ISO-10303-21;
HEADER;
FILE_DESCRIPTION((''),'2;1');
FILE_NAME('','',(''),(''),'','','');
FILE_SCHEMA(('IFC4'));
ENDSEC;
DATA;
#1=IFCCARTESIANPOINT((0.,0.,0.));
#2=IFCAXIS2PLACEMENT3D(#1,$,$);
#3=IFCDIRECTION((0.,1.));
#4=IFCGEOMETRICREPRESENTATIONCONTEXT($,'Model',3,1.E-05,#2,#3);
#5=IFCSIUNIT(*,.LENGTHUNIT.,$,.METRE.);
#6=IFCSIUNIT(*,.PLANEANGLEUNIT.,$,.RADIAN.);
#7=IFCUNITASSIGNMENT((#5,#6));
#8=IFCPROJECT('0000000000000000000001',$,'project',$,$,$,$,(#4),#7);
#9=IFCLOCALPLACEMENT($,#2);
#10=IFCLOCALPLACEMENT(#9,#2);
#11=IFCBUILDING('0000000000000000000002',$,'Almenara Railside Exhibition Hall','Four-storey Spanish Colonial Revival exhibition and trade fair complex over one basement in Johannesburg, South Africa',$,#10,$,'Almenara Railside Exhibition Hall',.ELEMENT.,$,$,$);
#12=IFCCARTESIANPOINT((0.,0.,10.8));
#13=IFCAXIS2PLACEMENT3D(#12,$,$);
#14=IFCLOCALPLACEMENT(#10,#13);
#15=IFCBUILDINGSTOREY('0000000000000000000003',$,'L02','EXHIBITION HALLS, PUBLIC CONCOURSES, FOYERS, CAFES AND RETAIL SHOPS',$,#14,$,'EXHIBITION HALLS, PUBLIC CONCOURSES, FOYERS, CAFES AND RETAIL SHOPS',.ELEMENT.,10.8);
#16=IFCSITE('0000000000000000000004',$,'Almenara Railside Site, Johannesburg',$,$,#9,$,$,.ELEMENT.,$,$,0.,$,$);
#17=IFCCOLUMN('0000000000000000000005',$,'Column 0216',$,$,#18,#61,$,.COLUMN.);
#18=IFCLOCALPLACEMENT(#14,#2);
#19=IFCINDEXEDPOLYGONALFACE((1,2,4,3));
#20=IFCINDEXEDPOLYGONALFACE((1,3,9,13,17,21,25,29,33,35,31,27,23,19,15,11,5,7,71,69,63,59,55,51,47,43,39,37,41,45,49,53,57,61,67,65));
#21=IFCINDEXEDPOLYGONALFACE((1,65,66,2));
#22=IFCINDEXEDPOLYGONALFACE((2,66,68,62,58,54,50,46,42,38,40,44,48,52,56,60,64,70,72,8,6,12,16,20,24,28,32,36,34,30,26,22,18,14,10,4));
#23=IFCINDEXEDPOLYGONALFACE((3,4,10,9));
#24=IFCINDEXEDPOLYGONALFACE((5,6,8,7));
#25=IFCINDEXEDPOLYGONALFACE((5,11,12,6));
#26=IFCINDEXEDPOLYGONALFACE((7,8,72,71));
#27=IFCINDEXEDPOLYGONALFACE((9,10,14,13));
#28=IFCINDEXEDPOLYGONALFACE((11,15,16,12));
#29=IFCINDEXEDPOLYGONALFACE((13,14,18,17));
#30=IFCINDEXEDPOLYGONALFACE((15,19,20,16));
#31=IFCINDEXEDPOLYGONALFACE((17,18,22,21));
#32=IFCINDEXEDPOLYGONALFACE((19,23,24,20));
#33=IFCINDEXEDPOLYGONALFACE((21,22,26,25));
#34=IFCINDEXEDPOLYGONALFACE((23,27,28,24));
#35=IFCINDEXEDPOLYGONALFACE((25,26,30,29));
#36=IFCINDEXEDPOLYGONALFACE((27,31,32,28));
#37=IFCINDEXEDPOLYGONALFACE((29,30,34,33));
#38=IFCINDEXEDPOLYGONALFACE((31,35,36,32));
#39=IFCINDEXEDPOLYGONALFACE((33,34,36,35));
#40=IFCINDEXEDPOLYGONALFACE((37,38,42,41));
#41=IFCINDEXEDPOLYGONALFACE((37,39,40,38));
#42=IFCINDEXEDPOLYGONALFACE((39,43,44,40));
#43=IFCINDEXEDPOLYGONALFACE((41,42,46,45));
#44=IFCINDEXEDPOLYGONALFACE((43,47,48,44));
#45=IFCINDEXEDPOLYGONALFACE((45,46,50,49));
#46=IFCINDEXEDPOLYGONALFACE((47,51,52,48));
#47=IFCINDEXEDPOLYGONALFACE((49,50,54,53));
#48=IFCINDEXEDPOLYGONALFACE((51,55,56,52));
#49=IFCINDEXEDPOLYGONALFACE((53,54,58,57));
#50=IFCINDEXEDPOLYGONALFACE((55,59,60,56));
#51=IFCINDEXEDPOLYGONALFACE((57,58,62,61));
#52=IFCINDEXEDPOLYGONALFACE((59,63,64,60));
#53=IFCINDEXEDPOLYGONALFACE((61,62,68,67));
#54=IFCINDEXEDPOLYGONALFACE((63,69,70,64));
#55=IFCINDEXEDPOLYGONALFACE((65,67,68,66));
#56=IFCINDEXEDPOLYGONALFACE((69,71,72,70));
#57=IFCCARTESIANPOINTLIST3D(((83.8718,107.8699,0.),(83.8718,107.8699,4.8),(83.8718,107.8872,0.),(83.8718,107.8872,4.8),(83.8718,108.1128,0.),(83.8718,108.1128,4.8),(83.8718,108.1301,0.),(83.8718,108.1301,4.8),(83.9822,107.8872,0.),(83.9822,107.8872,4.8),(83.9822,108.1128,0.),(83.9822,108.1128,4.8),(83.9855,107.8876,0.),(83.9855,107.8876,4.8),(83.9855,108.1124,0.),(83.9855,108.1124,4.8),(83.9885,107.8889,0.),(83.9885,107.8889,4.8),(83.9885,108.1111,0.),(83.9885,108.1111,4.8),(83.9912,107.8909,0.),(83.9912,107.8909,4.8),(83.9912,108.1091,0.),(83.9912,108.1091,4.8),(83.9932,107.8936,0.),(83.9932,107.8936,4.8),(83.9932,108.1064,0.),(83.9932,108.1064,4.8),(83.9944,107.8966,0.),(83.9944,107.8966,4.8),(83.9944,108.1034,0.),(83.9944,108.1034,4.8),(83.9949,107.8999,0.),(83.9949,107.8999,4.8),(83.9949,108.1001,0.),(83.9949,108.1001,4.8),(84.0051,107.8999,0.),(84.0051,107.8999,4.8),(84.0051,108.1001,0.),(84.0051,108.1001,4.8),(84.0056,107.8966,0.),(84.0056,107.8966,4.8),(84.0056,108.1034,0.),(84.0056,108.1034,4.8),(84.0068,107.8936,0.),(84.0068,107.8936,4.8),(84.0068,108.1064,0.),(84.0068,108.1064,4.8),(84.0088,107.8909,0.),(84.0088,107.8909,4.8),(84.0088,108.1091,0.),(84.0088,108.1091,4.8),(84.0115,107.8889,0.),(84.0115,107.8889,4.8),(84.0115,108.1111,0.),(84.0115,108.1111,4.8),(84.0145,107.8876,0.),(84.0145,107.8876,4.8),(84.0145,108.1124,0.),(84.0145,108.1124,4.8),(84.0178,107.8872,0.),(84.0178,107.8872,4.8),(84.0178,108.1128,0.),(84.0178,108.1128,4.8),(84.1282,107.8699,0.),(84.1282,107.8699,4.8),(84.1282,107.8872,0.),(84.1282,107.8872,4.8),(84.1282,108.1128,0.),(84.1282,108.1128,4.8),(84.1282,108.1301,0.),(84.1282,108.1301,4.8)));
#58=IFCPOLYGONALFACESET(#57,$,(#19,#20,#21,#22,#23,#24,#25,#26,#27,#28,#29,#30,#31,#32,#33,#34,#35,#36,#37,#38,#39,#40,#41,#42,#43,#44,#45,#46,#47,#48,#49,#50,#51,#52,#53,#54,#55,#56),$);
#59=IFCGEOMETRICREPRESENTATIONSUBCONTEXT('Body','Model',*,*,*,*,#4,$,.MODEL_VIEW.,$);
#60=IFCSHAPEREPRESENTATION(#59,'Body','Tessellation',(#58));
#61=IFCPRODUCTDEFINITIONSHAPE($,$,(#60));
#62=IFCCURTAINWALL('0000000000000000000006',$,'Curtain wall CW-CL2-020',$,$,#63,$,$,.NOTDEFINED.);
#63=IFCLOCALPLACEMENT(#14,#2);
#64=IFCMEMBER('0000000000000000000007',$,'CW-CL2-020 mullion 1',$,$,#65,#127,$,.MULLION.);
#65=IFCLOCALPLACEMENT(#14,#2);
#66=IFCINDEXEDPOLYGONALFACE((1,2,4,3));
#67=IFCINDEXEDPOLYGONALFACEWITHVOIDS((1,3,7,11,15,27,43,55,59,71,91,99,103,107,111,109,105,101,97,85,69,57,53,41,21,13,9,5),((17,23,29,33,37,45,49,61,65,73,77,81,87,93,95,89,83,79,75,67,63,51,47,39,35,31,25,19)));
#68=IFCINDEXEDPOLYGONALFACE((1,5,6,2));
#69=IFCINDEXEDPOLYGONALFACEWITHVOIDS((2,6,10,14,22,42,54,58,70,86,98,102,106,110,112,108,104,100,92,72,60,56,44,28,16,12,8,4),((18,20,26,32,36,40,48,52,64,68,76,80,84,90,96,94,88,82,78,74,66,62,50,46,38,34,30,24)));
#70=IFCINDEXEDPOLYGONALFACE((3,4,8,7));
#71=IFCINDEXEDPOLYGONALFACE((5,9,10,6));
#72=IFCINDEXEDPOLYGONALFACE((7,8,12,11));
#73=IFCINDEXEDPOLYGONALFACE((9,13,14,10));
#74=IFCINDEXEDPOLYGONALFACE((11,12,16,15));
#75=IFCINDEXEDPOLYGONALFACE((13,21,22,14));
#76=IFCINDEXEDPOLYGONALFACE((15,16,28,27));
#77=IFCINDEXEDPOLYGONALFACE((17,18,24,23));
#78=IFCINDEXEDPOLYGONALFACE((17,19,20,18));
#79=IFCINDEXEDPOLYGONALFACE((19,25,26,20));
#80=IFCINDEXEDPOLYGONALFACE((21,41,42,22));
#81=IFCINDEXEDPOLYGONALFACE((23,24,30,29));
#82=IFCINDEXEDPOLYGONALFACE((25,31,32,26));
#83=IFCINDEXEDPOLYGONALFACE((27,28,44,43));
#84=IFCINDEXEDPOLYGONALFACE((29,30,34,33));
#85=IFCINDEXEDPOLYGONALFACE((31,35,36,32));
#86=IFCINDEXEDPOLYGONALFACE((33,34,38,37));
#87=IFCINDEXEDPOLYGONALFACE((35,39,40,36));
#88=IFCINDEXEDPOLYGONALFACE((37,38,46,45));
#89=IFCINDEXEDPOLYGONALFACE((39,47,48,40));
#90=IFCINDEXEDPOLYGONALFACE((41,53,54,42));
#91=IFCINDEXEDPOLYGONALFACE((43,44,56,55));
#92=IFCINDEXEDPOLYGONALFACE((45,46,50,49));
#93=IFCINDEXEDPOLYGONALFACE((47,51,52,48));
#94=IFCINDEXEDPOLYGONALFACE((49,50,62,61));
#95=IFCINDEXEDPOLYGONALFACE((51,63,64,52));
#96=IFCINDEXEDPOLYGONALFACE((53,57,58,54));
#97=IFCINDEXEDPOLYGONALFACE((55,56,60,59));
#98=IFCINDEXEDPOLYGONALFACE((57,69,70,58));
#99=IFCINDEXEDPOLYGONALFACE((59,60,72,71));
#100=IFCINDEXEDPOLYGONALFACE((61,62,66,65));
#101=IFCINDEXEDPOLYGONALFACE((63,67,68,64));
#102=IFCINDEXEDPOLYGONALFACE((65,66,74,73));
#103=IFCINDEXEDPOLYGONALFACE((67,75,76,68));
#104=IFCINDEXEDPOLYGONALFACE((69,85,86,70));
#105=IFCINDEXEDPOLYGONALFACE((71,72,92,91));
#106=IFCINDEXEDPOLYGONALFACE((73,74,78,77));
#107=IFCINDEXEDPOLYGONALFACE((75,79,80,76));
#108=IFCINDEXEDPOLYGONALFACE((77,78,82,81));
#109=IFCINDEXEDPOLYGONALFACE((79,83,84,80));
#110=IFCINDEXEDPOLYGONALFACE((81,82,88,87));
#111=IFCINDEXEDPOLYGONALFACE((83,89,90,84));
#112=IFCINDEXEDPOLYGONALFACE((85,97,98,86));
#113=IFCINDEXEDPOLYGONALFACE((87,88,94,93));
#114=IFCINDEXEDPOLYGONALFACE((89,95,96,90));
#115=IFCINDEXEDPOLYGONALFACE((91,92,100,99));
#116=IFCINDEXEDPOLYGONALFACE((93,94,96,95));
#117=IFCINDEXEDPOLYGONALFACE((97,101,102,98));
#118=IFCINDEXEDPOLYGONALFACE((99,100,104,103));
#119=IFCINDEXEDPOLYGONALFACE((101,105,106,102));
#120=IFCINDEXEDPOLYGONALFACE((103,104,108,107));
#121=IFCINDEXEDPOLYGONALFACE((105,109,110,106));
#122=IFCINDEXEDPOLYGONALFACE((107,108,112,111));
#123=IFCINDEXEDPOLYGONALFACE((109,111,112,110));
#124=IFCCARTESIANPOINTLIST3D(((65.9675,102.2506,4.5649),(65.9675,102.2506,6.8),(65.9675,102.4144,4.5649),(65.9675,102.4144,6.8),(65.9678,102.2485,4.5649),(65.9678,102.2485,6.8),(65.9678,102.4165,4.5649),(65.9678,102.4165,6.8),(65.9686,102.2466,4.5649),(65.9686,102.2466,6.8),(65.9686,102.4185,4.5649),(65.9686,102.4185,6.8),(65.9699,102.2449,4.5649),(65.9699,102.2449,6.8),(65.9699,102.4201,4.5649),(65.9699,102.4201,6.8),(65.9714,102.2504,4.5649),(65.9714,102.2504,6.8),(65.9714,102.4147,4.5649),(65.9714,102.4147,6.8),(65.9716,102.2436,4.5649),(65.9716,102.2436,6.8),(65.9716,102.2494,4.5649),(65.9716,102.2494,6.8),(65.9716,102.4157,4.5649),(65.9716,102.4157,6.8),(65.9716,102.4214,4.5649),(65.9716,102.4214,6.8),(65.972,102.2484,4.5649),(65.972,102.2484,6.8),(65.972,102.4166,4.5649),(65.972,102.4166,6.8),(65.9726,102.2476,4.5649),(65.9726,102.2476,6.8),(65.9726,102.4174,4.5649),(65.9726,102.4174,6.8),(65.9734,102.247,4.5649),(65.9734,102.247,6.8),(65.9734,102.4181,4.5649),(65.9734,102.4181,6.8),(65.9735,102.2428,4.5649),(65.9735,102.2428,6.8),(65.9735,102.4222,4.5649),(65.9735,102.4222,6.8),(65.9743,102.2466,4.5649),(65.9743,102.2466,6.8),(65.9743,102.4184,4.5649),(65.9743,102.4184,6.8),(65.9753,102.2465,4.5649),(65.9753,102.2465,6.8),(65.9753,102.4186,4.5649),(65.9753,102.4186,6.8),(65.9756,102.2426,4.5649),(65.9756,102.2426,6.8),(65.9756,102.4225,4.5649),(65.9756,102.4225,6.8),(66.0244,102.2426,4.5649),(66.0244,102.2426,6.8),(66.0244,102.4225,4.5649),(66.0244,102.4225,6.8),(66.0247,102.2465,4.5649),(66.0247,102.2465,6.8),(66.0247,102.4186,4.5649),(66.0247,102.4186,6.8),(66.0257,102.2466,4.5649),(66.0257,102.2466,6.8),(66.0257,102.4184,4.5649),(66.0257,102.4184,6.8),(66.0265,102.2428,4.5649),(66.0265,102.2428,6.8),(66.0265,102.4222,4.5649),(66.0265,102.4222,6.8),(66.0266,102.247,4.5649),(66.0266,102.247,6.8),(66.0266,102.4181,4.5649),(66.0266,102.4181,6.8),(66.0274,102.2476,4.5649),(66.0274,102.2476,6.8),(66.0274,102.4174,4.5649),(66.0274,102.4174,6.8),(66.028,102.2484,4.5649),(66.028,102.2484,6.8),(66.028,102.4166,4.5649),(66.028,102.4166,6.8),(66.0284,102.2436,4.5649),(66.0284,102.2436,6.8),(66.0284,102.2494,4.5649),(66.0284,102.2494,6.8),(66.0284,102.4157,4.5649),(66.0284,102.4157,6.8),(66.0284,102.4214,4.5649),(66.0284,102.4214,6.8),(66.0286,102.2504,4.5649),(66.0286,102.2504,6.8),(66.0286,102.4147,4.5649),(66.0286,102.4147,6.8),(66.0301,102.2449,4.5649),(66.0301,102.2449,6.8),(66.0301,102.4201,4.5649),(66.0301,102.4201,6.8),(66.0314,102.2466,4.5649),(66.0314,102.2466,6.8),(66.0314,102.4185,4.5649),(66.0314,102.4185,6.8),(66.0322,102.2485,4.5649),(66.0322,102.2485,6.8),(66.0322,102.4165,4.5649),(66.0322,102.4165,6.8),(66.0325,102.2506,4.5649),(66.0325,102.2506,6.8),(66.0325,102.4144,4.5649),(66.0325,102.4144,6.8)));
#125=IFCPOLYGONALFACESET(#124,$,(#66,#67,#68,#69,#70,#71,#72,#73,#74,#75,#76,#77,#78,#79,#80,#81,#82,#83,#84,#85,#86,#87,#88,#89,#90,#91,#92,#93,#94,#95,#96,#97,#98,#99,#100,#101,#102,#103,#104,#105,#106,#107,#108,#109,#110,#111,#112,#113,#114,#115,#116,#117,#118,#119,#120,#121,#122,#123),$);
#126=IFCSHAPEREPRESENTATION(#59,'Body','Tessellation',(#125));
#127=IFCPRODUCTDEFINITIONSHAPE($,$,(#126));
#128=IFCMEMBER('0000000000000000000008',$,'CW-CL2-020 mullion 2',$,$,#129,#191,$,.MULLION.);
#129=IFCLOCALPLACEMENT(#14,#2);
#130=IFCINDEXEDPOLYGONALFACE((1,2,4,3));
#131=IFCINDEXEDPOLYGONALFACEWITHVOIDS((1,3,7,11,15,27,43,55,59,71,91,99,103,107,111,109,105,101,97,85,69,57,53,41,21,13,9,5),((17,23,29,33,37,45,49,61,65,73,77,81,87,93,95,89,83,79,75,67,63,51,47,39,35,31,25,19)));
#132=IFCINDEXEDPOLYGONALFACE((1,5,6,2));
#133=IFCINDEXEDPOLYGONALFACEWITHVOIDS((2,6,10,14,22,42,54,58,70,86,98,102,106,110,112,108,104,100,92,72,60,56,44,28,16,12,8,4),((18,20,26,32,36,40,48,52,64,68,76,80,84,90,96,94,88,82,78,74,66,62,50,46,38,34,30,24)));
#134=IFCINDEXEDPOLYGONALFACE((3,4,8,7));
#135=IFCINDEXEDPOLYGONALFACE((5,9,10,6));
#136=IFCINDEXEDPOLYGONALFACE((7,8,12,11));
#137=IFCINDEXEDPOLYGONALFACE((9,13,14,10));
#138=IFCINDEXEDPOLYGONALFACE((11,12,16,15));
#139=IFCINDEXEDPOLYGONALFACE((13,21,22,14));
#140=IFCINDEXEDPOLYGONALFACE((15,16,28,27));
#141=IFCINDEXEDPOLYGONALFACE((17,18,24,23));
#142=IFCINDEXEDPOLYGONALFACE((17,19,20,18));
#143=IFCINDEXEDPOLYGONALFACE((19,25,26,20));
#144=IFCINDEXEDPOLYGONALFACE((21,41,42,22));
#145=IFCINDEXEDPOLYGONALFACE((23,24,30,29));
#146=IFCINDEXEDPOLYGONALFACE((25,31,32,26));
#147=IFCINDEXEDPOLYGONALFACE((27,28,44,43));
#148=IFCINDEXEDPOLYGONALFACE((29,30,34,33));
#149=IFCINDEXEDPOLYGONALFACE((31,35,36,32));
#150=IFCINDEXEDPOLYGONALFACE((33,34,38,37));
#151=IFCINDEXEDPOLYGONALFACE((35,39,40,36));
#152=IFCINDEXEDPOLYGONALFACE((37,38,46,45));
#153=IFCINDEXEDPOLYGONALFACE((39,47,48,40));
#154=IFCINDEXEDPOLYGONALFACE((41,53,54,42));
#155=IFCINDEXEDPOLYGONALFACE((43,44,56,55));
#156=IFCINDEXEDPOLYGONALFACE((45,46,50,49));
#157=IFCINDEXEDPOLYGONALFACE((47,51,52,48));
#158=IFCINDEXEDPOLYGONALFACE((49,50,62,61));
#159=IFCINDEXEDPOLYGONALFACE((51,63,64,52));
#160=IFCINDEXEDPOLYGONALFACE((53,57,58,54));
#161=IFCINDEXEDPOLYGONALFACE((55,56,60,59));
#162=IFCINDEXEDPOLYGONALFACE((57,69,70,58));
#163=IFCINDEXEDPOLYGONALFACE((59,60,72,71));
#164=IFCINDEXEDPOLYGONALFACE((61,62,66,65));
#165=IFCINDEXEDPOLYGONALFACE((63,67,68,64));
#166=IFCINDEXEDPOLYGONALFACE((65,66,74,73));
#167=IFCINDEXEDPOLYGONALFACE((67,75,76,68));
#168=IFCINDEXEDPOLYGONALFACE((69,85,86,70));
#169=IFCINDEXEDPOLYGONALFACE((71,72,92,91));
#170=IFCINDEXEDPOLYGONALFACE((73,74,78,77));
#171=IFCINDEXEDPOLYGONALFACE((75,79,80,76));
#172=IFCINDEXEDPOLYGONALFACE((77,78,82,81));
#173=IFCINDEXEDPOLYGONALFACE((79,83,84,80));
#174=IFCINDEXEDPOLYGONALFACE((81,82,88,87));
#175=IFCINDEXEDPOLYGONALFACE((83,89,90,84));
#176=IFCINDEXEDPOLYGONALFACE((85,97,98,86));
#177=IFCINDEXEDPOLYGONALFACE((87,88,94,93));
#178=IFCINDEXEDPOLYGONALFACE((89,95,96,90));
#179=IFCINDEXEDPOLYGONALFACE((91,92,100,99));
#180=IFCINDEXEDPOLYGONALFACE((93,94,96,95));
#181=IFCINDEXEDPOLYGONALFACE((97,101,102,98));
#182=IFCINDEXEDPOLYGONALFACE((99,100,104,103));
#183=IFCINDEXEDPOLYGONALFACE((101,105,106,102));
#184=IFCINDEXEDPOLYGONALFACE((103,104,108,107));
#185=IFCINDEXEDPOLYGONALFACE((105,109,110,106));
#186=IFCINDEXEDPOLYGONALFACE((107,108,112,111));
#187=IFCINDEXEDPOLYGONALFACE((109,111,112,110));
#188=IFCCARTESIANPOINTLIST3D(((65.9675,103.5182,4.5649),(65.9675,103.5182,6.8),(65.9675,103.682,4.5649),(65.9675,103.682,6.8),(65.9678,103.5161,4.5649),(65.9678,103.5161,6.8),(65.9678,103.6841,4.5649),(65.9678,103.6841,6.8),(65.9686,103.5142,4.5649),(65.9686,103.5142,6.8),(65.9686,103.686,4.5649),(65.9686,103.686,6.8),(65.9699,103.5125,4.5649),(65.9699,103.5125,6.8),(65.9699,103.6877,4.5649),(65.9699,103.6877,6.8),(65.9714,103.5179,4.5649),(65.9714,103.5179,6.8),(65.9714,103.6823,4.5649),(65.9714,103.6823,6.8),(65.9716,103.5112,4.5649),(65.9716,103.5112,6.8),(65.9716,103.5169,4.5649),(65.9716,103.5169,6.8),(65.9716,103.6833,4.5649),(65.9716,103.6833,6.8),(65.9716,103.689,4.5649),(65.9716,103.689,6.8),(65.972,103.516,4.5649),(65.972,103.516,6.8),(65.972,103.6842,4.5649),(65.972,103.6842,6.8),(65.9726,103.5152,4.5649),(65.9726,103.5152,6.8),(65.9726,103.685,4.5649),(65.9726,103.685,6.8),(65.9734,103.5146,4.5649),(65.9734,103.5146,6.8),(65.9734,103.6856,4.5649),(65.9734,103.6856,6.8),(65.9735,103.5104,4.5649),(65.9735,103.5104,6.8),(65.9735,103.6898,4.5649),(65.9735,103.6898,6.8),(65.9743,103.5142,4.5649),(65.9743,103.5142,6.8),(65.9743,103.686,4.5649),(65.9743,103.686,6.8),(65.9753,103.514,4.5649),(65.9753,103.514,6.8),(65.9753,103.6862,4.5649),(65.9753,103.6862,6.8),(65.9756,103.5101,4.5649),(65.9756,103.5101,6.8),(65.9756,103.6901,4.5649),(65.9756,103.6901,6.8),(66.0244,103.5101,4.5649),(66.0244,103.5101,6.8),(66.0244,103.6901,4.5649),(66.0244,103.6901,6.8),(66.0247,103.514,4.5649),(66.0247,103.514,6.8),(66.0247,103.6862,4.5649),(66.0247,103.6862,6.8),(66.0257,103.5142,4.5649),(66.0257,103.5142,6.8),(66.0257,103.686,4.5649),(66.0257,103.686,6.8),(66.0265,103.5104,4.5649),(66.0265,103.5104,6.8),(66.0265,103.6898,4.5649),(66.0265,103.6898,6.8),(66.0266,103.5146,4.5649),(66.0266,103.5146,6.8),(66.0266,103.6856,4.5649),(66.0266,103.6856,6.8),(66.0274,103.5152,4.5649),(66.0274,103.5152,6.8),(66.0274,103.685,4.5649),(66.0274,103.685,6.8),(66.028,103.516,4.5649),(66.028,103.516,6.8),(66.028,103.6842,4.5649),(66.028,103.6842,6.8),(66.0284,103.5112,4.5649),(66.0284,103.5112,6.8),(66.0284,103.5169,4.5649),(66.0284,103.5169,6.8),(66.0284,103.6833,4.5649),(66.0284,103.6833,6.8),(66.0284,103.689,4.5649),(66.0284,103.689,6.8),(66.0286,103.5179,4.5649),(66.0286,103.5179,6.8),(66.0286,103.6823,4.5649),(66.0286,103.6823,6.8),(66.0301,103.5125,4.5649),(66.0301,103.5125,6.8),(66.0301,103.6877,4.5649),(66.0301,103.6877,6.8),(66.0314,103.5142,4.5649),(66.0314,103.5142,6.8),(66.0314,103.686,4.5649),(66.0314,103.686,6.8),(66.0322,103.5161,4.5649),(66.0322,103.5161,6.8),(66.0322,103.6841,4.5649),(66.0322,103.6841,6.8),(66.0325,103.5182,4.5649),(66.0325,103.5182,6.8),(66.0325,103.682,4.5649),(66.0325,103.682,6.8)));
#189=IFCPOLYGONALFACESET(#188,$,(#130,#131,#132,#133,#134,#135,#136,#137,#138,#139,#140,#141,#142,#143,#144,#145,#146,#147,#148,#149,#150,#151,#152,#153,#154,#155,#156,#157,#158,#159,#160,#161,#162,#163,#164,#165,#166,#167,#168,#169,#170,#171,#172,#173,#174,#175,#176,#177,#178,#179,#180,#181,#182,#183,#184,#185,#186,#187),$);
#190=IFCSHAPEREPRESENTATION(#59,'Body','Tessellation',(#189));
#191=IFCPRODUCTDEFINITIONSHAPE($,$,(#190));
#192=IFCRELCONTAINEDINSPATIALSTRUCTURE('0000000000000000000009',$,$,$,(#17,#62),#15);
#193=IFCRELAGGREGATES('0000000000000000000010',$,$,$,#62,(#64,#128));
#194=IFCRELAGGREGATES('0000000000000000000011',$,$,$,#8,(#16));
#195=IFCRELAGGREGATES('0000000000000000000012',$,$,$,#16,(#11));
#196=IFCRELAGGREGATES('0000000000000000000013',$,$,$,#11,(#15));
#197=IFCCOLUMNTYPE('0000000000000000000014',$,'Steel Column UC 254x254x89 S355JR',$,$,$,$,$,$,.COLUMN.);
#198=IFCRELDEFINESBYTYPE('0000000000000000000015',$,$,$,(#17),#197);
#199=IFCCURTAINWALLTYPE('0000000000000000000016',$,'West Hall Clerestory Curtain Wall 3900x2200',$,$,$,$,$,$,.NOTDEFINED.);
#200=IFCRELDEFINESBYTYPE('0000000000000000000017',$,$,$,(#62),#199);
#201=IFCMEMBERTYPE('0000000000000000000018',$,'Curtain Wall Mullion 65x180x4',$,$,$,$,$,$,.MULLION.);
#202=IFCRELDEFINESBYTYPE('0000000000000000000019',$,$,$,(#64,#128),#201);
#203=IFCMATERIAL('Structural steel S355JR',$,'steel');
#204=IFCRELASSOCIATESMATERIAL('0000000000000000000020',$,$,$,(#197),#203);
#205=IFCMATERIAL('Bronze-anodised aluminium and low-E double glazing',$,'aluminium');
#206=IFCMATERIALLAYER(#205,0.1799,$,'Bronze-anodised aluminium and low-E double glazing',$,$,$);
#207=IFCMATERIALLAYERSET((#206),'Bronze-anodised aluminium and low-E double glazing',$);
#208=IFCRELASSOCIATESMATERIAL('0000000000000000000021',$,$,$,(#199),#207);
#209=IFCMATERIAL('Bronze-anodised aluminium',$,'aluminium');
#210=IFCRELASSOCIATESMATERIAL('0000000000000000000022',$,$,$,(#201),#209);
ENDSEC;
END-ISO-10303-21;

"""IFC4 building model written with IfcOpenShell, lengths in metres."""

from ifc_helpers import new_model, si_unit, direction, frame, origin, origin_2d, place, context, subcontext, project, spatial, hollow_rectangle, i_section, extrude, material, layer, layer_set, material_profile, profile_set, type_object, element, aggregate, save


model = new_model("IFC4")

# Units and contexts
model_context = context("Model", 3, precision=1e-05, world=origin(), true_north=direction((0.0, 1.0)))
body_context = subcontext(model_context, "Body", "Model", "MODEL_VIEW")
ifc_project = project(units=[si_unit("LENGTHUNIT", "METRE"), si_unit("PLANEANGLEUNIT", "RADIAN")], contexts=[model_context])

# Site, building, storey
site_placement = place(None, origin())
site = spatial("IfcSite", under=ifc_project, at=site_placement, Name="Almenara Railside Site, Johannesburg", CompositionType="ELEMENT", RefElevation=0.0)
building_placement = place(site_placement, origin())
building = spatial("IfcBuilding", under=site, at=building_placement, Name="Almenara Railside Exhibition Hall", Description="Four-storey Spanish Colonial Revival exhibition and trade fair complex over one basement in Johannesburg, South Africa", LongName="Almenara Railside Exhibition Hall", CompositionType="ELEMENT")
storey_placement = place(building_placement, frame((0.0, 0.0, 10.8)))
storey = spatial("IfcBuildingStorey", under=building, at=storey_placement, Name="L02", Description="EXHIBITION HALLS, PUBLIC CONCOURSES, FOYERS, CAFES AND RETAIL SHOPS", LongName="EXHIBITION HALLS, PUBLIC CONCOURSES, FOYERS, CAFES AND RETAIL SHOPS", CompositionType="ELEMENT", Elevation=10.8)

# Column
ifc_material_1 = material(Name="Structural steel S355JR", Category="steel")
ifc_material_profile_1 = material_profile(ifc_material_1, i_section(OverallWidth=0.2563, OverallDepth=0.2603, WebThickness=0.0103, FlangeThickness=0.0173, FilletRadius=0.0127, at=origin_2d()), Name="UC 254x254x89")
ifc_profile_set_1 = profile_set([ifc_material_profile_1], Name="Structural steel S355JR")
column_type = type_object("IfcColumnType", Name="Steel Column UC 254x254x89 S355JR", PredefinedType="COLUMN", material=ifc_profile_set_1)
column_placement = place(storey_placement, frame((84.0, 108.0, 0.0), z_axis=(0.0, 0.0, 1.0), x_axis=(1.0, 0.0, 0.0)))
element("IfcColumn", 1, at=column_placement, inside=storey, type_object=column_type, Name="Column 0216", PredefinedType="COLUMN", context=body_context, shape_type="SweptSolid", body=[
    extrude(i_section(OverallWidth=0.2563, OverallDepth=0.2603, WebThickness=0.0103, FlangeThickness=0.0173, FilletRadius=0.0127, at=origin_2d()), origin(), (0.0, 0.0, 1.0), 4.8),
])

# Curtain wall, members
ifc_material_2 = material(Name="Bronze-anodised aluminium and low-E double glazing", Category="aluminium")
ifc_layer_1 = layer(ifc_material_2, 0.1799, Name="Bronze-anodised aluminium and low-E double glazing")
ifc_layer_set_1 = layer_set([ifc_layer_1], Name="Bronze-anodised aluminium and low-E double glazing")
curtain_wall_type = type_object("IfcCurtainWallType", Name="West Hall Clerestory Curtain Wall 3900x2200", PredefinedType="NOTDEFINED", material=ifc_layer_set_1)
curtain_wall_1_placement = place(storey_placement, origin())
curtain_wall_1 = element("IfcCurtainWall", 2, at=curtain_wall_1_placement, inside=storey, type_object=curtain_wall_type, Name="Curtain wall CW-CL2-020", PredefinedType="NOTDEFINED")
ifc_material_3 = material(Name="Bronze-anodised aluminium", Category="aluminium")
ifc_material_profile_2 = material_profile(ifc_material_3, hollow_rectangle(XDim=0.0649, YDim=0.1799, WallThickness=0.0039, InnerFilletRadius=0.0039, OuterFilletRadius=0.0081, at=origin_2d()), Name="ALU-MUL 65x180x4")
ifc_profile_set_2 = profile_set([ifc_material_profile_2], Name="Bronze-anodised aluminium")
member_type_1 = type_object("IfcMemberType", Name="Curtain Wall Mullion 65x180x4", PredefinedType="MULLION", material=ifc_profile_set_2)
member_1_placement = place(storey_placement, frame((66.0, 102.3325, 4.5649), z_axis=(0.0, 0.0, 1.0), x_axis=(-1.0, 0.0, 0.0)))
member_1 = element("IfcMember", 3, at=member_1_placement, type_object=member_type_1, Name="CW-CL2-020 mullion 1", PredefinedType="MULLION", context=body_context, shape_type="SweptSolid", body=[
    extrude(hollow_rectangle(XDim=0.0649, YDim=0.1799, WallThickness=0.0039, InnerFilletRadius=0.0039, OuterFilletRadius=0.0081, at=origin_2d()), origin(), (0.0, 0.0, 1.0), 2.2351),
])
member_2_placement = place(storey_placement, frame((66.0, 103.6001, 4.5649), z_axis=(0.0, 0.0, 1.0), x_axis=(-1.0, 0.0, 0.0)))
member_2 = element("IfcMember", 4, at=member_2_placement, type_object=member_type_1, Name="CW-CL2-020 mullion 2", PredefinedType="MULLION", context=body_context, shape_type="SweptSolid", body=[
    extrude(hollow_rectangle(XDim=0.0649, YDim=0.1799, WallThickness=0.0039, InnerFilletRadius=0.0039, OuterFilletRadius=0.0081, at=origin_2d()), origin(), (0.0, 0.0, 1.0), 2.2351),
])

aggregate(curtain_wall_1, [member_1, member_2])

save(model, "model.ifc")
